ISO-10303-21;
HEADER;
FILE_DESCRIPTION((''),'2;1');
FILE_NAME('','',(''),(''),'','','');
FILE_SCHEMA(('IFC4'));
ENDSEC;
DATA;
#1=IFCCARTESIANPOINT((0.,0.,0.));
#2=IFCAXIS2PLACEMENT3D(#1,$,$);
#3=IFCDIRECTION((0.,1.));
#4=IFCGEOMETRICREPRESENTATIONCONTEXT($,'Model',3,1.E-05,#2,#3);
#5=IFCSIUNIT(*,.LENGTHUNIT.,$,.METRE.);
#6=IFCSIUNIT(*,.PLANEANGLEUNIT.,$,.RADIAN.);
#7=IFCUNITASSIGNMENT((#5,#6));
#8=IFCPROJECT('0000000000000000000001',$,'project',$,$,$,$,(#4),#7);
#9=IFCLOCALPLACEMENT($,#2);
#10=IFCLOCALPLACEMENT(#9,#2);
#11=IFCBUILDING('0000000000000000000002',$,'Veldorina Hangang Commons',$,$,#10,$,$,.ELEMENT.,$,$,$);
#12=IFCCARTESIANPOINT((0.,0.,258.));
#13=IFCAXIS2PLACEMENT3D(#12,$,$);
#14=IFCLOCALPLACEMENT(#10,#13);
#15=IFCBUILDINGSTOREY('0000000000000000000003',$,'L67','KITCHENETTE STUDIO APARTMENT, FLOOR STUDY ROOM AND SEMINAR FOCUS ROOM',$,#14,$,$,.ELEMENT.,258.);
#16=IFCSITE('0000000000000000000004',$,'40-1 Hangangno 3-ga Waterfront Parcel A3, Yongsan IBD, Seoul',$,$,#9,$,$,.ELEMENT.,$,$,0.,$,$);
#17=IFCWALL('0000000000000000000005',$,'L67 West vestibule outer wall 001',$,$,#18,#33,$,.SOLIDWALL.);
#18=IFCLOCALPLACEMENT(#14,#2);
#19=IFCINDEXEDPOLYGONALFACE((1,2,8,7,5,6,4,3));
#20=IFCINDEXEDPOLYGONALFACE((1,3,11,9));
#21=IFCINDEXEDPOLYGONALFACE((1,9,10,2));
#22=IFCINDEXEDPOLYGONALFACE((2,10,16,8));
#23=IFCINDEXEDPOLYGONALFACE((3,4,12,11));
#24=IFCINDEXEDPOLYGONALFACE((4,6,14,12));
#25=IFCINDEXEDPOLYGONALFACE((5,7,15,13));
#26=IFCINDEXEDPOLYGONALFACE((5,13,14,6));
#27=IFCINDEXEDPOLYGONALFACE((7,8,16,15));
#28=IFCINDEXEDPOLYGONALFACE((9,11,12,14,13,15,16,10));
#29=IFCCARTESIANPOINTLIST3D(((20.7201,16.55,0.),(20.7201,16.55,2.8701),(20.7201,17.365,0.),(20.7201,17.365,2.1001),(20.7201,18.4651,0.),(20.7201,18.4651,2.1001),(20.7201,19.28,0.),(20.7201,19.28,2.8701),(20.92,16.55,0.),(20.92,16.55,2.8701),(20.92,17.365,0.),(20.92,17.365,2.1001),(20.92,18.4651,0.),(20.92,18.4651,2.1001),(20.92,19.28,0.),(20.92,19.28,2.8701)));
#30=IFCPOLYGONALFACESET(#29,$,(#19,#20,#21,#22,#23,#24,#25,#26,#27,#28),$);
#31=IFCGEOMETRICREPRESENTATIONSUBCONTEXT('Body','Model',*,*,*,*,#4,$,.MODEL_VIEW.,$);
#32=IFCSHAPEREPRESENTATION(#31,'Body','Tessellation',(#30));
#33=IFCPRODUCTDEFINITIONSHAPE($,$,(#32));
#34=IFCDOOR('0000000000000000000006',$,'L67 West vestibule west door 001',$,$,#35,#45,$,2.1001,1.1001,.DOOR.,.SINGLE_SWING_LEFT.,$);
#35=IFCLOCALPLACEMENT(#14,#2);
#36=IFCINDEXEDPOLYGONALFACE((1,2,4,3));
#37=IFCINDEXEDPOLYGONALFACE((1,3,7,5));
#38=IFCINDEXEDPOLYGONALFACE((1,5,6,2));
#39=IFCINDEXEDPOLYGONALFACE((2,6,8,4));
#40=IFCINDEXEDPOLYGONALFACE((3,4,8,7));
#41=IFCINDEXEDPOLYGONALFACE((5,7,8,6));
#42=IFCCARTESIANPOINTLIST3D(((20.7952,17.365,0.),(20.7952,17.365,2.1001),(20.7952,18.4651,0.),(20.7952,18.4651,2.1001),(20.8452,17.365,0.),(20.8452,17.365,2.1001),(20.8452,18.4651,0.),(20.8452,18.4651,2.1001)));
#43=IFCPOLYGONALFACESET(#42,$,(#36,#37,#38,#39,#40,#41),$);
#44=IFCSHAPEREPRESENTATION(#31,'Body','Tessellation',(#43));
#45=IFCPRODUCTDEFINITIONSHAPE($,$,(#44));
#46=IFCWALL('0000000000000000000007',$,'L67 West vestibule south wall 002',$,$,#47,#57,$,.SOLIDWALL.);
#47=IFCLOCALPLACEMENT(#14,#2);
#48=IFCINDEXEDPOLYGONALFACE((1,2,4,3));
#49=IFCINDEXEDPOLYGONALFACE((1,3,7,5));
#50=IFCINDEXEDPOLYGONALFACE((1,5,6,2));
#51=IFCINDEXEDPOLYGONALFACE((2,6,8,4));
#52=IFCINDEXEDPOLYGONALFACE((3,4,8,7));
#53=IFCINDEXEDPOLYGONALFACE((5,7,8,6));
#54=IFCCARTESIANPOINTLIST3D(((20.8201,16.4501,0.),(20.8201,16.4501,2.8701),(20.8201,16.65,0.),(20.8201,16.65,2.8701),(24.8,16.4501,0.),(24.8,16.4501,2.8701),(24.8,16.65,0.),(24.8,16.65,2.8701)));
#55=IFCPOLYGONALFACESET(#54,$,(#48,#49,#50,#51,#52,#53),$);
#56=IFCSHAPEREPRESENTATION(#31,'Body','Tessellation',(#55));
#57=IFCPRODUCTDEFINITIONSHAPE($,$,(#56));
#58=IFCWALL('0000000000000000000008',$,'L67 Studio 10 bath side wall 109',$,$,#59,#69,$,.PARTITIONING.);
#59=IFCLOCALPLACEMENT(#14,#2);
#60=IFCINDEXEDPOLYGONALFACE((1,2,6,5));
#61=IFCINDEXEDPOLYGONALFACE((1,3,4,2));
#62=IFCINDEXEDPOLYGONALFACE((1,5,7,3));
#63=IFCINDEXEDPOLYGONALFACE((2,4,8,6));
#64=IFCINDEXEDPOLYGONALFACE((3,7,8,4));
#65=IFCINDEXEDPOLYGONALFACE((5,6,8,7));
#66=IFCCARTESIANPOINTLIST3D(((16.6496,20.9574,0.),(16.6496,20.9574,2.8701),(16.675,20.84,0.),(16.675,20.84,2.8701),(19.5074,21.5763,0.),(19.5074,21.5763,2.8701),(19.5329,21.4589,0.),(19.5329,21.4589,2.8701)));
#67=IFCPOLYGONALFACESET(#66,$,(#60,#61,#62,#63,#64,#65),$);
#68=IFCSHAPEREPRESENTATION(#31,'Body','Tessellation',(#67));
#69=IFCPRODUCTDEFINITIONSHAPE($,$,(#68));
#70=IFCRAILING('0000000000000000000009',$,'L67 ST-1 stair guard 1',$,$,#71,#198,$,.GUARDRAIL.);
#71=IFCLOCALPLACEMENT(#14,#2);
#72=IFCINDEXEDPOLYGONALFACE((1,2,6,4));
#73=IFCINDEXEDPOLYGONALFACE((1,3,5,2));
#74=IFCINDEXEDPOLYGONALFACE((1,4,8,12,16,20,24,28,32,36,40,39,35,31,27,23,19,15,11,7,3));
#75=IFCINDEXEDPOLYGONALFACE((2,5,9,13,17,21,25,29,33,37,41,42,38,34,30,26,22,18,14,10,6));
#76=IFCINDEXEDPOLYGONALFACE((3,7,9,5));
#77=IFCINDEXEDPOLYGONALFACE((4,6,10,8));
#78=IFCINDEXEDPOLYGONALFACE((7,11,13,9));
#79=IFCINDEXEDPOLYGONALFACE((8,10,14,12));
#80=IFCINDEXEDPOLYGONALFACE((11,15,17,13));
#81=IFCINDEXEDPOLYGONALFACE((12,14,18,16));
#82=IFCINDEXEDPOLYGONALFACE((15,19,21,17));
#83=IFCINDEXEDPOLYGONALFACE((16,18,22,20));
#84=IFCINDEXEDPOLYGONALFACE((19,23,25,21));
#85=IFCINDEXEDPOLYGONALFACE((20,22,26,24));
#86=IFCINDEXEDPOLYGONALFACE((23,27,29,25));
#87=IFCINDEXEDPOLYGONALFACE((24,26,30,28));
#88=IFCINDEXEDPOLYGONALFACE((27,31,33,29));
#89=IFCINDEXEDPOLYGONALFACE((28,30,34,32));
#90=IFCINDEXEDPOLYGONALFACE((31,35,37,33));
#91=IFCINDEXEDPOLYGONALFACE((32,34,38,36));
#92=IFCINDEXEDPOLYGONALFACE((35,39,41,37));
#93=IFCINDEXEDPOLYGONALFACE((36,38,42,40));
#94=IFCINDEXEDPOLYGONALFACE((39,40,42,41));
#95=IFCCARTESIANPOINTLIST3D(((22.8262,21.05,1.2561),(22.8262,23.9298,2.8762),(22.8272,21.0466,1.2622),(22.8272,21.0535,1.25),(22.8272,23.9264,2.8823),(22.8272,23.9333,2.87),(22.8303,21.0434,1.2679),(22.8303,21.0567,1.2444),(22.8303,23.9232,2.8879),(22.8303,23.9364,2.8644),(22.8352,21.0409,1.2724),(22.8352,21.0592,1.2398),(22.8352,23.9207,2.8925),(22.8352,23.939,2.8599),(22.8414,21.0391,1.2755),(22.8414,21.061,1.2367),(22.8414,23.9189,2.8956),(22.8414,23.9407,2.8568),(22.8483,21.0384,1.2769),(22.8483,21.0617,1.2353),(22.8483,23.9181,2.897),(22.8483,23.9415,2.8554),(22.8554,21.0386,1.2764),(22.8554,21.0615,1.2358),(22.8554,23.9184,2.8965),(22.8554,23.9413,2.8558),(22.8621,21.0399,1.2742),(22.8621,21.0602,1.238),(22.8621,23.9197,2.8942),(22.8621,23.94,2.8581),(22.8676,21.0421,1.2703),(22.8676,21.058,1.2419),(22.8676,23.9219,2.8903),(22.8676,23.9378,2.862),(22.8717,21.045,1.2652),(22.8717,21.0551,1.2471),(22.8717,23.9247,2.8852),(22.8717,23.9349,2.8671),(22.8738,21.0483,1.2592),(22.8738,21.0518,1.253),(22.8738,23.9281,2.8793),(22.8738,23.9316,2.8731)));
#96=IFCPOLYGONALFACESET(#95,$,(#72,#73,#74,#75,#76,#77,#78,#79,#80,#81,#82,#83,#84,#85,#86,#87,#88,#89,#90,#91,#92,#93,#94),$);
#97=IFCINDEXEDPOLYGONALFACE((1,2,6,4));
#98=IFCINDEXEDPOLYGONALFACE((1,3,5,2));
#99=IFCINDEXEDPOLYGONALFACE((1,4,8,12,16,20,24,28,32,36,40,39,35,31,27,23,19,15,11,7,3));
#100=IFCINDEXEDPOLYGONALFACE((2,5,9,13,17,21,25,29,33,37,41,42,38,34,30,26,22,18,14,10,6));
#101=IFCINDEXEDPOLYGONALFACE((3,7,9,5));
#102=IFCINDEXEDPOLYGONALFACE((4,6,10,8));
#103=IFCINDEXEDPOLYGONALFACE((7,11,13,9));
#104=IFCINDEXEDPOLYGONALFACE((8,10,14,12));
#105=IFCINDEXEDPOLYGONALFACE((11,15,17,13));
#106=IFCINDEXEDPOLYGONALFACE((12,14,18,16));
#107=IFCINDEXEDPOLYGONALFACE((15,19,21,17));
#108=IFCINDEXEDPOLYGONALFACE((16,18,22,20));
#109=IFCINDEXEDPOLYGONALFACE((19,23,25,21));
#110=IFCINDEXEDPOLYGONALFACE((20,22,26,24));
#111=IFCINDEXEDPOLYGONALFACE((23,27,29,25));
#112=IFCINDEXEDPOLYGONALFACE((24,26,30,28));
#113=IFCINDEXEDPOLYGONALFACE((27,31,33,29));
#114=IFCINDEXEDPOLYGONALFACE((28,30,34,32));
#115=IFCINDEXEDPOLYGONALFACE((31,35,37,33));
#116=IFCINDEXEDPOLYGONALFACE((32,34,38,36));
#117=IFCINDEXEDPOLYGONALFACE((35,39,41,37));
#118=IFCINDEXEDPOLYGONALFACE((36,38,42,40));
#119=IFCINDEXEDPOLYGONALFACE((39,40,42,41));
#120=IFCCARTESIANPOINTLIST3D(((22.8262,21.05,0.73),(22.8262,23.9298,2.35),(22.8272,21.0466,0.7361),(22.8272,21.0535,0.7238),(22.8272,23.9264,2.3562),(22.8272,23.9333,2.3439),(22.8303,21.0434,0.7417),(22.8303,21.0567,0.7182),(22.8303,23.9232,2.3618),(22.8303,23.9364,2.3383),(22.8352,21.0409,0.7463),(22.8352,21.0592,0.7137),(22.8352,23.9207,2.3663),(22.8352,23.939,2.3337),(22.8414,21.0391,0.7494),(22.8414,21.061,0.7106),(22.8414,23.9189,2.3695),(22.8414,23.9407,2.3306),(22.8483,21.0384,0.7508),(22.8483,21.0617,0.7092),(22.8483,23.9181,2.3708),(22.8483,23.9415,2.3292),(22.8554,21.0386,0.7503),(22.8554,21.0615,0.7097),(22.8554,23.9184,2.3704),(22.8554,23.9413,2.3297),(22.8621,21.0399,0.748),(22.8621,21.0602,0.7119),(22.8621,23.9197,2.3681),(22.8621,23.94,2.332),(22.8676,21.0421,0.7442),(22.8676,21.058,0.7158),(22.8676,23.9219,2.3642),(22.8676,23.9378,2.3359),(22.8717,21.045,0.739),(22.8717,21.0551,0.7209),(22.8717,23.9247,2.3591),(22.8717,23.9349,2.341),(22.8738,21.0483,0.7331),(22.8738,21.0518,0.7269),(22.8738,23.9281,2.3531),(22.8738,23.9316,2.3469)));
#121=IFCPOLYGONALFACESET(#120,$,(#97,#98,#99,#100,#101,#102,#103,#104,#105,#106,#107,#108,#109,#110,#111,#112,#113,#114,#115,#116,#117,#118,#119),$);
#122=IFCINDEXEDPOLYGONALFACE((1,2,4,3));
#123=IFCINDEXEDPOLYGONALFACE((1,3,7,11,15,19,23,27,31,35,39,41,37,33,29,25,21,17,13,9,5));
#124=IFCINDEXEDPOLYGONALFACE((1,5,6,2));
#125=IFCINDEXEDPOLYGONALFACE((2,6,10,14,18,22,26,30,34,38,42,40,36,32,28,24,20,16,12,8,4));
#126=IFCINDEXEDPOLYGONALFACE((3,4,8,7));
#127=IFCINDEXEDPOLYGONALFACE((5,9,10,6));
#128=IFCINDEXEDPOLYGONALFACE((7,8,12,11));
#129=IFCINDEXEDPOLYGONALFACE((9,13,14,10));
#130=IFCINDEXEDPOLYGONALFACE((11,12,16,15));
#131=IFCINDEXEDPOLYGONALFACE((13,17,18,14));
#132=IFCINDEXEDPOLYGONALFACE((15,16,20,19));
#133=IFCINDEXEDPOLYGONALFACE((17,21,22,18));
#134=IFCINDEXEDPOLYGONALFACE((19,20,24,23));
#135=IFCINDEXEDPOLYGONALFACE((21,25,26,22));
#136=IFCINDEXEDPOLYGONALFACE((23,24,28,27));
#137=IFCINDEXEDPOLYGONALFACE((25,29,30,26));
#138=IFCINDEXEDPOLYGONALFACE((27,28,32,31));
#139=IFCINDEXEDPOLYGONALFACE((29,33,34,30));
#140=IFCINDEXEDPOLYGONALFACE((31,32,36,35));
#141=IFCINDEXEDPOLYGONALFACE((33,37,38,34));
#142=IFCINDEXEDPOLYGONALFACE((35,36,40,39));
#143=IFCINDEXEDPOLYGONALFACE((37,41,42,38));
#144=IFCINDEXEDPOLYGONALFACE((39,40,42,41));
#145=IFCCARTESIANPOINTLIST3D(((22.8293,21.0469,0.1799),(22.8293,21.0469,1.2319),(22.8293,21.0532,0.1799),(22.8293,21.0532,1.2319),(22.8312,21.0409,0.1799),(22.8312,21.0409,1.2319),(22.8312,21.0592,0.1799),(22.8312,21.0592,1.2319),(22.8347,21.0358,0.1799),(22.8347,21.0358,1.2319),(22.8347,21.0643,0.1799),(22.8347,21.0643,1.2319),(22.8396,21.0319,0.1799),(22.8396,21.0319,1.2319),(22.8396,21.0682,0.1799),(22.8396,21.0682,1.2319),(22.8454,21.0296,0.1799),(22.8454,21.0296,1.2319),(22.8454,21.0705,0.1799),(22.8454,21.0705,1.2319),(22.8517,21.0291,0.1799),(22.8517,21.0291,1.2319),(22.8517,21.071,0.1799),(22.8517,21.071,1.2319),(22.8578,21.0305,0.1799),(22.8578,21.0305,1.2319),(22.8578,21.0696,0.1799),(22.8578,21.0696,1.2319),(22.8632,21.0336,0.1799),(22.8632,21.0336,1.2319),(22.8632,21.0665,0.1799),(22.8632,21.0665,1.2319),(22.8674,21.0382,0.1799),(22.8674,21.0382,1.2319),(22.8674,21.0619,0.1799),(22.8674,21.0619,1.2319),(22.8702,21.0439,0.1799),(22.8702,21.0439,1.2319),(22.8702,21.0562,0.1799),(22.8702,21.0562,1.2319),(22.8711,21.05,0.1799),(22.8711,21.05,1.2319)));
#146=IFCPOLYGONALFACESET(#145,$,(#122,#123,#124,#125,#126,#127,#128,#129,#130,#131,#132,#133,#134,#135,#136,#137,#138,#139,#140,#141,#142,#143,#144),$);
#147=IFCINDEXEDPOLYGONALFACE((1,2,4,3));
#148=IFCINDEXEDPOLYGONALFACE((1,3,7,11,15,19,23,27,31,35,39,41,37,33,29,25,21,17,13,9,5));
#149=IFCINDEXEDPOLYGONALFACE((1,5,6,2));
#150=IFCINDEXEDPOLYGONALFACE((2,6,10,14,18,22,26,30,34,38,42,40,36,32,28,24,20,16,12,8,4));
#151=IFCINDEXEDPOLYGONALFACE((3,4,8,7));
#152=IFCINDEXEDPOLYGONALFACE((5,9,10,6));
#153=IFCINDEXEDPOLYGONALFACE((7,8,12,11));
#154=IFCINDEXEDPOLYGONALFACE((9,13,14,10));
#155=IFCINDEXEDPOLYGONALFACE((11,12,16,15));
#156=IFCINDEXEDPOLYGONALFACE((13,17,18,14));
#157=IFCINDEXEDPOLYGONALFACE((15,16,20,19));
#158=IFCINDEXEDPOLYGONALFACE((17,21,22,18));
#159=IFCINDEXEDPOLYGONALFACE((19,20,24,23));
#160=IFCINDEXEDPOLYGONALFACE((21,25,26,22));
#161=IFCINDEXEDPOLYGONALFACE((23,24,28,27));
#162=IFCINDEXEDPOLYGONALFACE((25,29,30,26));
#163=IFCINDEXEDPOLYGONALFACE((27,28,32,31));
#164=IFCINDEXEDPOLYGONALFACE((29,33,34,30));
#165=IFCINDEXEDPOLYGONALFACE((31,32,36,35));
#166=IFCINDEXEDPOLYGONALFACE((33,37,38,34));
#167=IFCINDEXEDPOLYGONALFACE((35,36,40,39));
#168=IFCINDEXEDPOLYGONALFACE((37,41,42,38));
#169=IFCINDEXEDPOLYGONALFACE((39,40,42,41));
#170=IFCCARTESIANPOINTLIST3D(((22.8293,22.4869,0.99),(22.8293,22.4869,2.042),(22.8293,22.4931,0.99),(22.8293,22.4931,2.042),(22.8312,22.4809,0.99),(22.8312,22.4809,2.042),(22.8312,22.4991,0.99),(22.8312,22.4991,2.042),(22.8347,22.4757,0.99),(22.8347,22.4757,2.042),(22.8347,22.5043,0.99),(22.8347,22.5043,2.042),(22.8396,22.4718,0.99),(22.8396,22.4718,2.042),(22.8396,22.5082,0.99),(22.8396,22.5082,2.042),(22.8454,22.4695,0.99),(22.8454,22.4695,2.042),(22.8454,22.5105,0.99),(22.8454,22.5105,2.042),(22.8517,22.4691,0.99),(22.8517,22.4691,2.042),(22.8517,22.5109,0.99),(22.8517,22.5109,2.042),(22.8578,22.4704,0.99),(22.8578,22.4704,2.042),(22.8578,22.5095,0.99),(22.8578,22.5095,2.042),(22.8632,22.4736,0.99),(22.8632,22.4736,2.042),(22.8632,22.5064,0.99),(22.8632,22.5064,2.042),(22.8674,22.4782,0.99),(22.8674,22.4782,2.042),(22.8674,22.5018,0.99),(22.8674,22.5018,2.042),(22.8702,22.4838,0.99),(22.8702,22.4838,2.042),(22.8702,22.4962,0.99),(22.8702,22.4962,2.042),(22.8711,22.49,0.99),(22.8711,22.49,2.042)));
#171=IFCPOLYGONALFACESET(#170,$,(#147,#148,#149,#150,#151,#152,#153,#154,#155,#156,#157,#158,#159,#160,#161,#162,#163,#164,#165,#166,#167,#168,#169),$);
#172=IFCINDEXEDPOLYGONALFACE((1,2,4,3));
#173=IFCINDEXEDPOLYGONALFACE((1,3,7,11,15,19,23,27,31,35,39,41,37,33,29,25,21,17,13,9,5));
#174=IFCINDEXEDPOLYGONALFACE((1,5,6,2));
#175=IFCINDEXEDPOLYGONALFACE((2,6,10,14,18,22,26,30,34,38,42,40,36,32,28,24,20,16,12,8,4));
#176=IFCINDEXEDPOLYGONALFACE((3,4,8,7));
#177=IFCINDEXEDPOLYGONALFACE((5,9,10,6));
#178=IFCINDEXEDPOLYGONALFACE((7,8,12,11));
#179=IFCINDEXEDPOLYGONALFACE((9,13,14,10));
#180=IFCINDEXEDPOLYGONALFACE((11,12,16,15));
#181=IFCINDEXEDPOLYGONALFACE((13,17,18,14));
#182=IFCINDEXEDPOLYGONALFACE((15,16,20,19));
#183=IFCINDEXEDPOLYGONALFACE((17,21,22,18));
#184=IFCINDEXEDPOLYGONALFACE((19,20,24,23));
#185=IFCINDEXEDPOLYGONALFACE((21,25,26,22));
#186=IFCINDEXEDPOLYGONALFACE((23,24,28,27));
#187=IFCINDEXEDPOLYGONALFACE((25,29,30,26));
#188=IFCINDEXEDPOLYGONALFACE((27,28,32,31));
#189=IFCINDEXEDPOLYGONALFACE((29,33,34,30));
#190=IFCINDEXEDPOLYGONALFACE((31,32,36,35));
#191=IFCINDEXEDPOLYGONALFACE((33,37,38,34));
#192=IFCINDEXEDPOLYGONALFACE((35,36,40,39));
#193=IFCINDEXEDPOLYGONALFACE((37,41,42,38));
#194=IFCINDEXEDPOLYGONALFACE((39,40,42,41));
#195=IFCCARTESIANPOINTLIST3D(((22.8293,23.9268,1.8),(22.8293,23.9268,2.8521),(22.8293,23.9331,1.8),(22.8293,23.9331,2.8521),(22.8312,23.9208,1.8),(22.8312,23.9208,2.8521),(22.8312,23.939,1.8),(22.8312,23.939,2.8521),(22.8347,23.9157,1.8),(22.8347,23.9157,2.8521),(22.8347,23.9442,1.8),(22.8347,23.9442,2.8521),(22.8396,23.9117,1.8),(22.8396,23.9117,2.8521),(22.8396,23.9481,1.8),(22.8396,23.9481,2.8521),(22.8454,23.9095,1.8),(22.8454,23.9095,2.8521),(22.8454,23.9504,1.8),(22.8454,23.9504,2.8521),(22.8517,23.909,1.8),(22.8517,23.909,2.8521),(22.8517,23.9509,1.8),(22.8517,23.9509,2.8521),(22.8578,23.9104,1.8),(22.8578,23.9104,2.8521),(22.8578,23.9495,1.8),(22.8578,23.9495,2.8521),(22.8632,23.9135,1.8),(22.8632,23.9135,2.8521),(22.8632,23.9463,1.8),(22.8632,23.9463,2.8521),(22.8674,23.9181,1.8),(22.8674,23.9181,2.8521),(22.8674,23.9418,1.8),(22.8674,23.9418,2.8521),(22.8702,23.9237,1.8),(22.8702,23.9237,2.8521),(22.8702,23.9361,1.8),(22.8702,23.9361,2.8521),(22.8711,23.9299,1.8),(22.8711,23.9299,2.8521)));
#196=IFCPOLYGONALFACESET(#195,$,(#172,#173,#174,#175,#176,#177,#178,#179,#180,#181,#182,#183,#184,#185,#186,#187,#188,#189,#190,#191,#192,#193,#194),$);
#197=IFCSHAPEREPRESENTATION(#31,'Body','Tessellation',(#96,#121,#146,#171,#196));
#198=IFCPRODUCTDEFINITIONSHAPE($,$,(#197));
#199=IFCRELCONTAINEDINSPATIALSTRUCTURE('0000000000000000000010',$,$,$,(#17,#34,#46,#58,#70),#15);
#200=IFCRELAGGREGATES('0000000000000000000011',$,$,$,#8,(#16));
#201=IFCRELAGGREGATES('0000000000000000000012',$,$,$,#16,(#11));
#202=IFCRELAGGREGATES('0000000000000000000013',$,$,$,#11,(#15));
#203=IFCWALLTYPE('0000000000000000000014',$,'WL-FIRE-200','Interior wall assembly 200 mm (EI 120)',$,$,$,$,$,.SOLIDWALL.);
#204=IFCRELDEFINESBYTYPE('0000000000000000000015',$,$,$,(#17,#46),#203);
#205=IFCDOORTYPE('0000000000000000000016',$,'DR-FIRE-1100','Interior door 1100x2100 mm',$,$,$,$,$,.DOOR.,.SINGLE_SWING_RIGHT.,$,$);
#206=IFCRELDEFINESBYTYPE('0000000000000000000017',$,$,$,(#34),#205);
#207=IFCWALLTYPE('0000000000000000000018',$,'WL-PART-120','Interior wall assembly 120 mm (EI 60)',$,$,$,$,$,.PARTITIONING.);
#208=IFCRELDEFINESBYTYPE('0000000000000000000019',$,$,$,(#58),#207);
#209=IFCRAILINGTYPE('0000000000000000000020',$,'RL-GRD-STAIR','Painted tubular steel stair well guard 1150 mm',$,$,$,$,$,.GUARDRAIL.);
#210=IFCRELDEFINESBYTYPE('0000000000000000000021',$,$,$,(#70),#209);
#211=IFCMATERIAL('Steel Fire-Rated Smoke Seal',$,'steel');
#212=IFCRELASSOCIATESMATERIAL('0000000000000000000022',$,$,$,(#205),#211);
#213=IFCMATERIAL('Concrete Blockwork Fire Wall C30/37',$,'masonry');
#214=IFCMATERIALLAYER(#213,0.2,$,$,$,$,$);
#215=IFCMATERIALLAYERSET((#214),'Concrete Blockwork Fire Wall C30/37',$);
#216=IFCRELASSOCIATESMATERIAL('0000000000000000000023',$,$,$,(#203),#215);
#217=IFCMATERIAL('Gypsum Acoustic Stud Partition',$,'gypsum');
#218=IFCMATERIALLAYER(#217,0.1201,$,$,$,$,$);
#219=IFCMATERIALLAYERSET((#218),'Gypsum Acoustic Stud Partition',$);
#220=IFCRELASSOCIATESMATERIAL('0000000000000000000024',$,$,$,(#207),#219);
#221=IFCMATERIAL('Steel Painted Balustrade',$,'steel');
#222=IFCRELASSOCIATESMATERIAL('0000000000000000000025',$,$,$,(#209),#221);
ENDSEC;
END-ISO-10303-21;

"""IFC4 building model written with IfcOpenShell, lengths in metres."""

from ifc_helpers import new_model, si_unit, direction, frame, frame_2d, origin, origin_2d, place, context, subcontext, project, spatial, rectangle, circle, extrude, material, layer, layer_set, type_object, element, fill, save


model = new_model("IFC4")

# Units and contexts
model_context = context("Model", 3, precision=1e-05, world=origin(), true_north=direction((0.0, 1.0)))
body_context = subcontext(model_context, "Body", "Model", "MODEL_VIEW")
ifc_project = project(units=[si_unit("LENGTHUNIT", "METRE"), si_unit("PLANEANGLEUNIT", "RADIAN")], contexts=[model_context])

# Site, building, storey
site_placement = place(None, origin())
site = spatial("IfcSite", under=ifc_project, at=site_placement, Name="40-1 Hangangno 3-ga Waterfront Parcel A3, Yongsan IBD, Seoul", CompositionType="ELEMENT", RefElevation=0.0)
building_placement = place(site_placement, origin())
building = spatial("IfcBuilding", under=site, at=building_placement, Name="Veldorina Hangang Commons", CompositionType="ELEMENT")
storey_placement = place(building_placement, frame((0.0, 0.0, 258.0)))
storey = spatial("IfcBuildingStorey", under=building, at=storey_placement, Name="L67", Description="KITCHENETTE STUDIO APARTMENT, FLOOR STUDY ROOM AND SEMINAR FOCUS ROOM", CompositionType="ELEMENT", Elevation=258.0)

# Shared definitions
ifc_material_1 = material(Name="Steel Fire-Rated Smoke Seal", Category="steel")
door_type_1 = type_object("IfcDoorType", Name="DR-FIRE-1100", Description="Interior door 1100x2100 mm", OperationType="SINGLE_SWING_RIGHT", PredefinedType="DOOR", material=ifc_material_1)

# Wall, opening, door
ifc_material_2 = material(Name="Concrete Blockwork Fire Wall C30/37", Category="masonry")
ifc_layer_1 = layer(ifc_material_2, 0.2)
ifc_layer_set_1 = layer_set([ifc_layer_1], Name="Concrete Blockwork Fire Wall C30/37")
wall_type_1 = type_object("IfcWallType", Name="WL-FIRE-200", Description="Interior wall assembly 200 mm (EI 120)", PredefinedType="SOLIDWALL", material=ifc_layer_set_1)
wall_1_placement = place(storey_placement, frame((20.8201, 16.55, 0.0), z_axis=(0.0, 0.0, 1.0), x_axis=(0.0, 1.0, 0.0)))
wall_1 = element("IfcWall", 1, at=wall_1_placement, inside=storey, type_object=wall_type_1, Name="L67 West vestibule outer wall 001", PredefinedType="SOLIDWALL", context=body_context, shape_type="SweptSolid", body=[
    extrude(rectangle(XDim=2.73, YDim=0.2, at=frame_2d((1.365, 0.0))), origin(), (0.0, 0.0, 1.0), 2.8701),
])
opening_1_placement = place(wall_1_placement, frame((0.8149, 0.0, 0.0)))
opening_1 = element("IfcOpeningElement", 2, at=opening_1_placement, cuts=wall_1, PredefinedType="OPENING", context=body_context, shape_type="SweptSolid", body=[
    extrude(rectangle(XDim=1.1001, YDim=2.1001, at=frame_2d((0.55, 1.05))), frame((0.0, 0.1099, 0.0), z_axis=(0.0, -1.0, 0.0), x_axis=(1.0, 0.0, 0.0)), (0.0, 0.0, 1.0), 0.22),
])
door_1_placement = place(opening_1_placement, origin())
door_1 = element("IfcDoor", 3, at=door_1_placement, inside=storey, type_object=door_type_1, Name="L67 West vestibule west door 001", OperationType="SINGLE_SWING_LEFT", OverallHeight=2.1001, OverallWidth=1.1001, PredefinedType="DOOR", context=body_context, shape_type="SweptSolid", body=[
    extrude(rectangle(XDim=1.1001, YDim=2.1001, at=frame_2d((0.55, 1.05))), frame((0.0, 0.0249, 0.0), z_axis=(0.0, -1.0, 0.0), x_axis=(1.0, 0.0, 0.0)), (0.0, 0.0, 1.0), 0.05),
])
fill(opening_1, door_1)

# Walls
wall_2_placement = place(storey_placement, frame((20.8201, 16.55, 0.0), z_axis=(0.0, 0.0, 1.0), x_axis=(1.0, 0.0, 0.0)))
element("IfcWall", 4, at=wall_2_placement, inside=storey, type_object=wall_type_1, Name="L67 West vestibule south wall 002", PredefinedType="SOLIDWALL", context=body_context, shape_type="SweptSolid", body=[
    extrude(rectangle(XDim=3.98, YDim=0.2, at=frame_2d((1.99, 0.0))), origin(), (0.0, 0.0, 1.0), 2.8701),
])
ifc_material_3 = material(Name="Gypsum Acoustic Stud Partition", Category="gypsum")
ifc_layer_2 = layer(ifc_material_3, 0.1201)
ifc_layer_set_2 = layer_set([ifc_layer_2], Name="Gypsum Acoustic Stud Partition")
wall_type_2 = type_object("IfcWallType", Name="WL-PART-120", Description="Interior wall assembly 120 mm (EI 60)", PredefinedType="PARTITIONING", material=ifc_layer_set_2)
wall_3_placement = place(storey_placement, frame((19.52, 21.5176, 0.0), z_axis=(0.0, 0.0, 1.0), x_axis=(-0.977346, -0.21165, 0.0)))
element("IfcWall", 5, at=wall_3_placement, inside=storey, type_object=wall_type_2, Name="L67 Studio 10 bath side wall 109", PredefinedType="PARTITIONING", context=body_context, shape_type="SweptSolid", body=[
    extrude(rectangle(XDim=2.9241, YDim=0.1201, at=frame_2d((1.4619, 0.0))), origin(), (0.0, 0.0, 1.0), 2.8701),
])

# Railing
ifc_material_4 = material(Name="Steel Painted Balustrade", Category="steel")
railing_type_1 = type_object("IfcRailingType", Name="RL-GRD-STAIR", Description="Painted tubular steel stair well guard 1150 mm", PredefinedType="GUARDRAIL", material=ifc_material_4)
railing_1_placement = place(storey_placement, frame((22.8501, 21.05, 0.1799)))
element("IfcRailing", 6, at=railing_1_placement, inside=storey, type_object=railing_type_1, Name="L67 ST-1 stair guard 1", PredefinedType="GUARDRAIL", context=body_context, shape_type="SweptSolid", body=[
    extrude(circle(Radius=0.0239, at=origin_2d()), frame((0.0, 0.0, 1.0762), z_axis=(0.0, 0.871552, 0.490303), x_axis=(-1.0, 0.0, 0.0)), (0.0, 0.0, 1.0), 3.3042),
    extrude(circle(Radius=0.0239, at=origin_2d()), frame((0.0, 0.0, 0.55), z_axis=(0.0, 0.871552, 0.490303), x_axis=(-1.0, 0.0, 0.0)), (0.0, 0.0, 1.0), 3.3042),
    extrude(circle(Radius=0.021, at=origin_2d()), origin(), (0.0, 0.0, 1.0), 1.052),
    extrude(circle(Radius=0.021, at=origin_2d()), frame((0.0, 1.4399, 0.8101)), (0.0, 0.0, 1.0), 1.052),
    extrude(circle(Radius=0.021, at=origin_2d()), frame((0.0, 2.8799, 1.6201)), (0.0, 0.0, 1.0), 1.052),
])

save(model, "model.ifc")
